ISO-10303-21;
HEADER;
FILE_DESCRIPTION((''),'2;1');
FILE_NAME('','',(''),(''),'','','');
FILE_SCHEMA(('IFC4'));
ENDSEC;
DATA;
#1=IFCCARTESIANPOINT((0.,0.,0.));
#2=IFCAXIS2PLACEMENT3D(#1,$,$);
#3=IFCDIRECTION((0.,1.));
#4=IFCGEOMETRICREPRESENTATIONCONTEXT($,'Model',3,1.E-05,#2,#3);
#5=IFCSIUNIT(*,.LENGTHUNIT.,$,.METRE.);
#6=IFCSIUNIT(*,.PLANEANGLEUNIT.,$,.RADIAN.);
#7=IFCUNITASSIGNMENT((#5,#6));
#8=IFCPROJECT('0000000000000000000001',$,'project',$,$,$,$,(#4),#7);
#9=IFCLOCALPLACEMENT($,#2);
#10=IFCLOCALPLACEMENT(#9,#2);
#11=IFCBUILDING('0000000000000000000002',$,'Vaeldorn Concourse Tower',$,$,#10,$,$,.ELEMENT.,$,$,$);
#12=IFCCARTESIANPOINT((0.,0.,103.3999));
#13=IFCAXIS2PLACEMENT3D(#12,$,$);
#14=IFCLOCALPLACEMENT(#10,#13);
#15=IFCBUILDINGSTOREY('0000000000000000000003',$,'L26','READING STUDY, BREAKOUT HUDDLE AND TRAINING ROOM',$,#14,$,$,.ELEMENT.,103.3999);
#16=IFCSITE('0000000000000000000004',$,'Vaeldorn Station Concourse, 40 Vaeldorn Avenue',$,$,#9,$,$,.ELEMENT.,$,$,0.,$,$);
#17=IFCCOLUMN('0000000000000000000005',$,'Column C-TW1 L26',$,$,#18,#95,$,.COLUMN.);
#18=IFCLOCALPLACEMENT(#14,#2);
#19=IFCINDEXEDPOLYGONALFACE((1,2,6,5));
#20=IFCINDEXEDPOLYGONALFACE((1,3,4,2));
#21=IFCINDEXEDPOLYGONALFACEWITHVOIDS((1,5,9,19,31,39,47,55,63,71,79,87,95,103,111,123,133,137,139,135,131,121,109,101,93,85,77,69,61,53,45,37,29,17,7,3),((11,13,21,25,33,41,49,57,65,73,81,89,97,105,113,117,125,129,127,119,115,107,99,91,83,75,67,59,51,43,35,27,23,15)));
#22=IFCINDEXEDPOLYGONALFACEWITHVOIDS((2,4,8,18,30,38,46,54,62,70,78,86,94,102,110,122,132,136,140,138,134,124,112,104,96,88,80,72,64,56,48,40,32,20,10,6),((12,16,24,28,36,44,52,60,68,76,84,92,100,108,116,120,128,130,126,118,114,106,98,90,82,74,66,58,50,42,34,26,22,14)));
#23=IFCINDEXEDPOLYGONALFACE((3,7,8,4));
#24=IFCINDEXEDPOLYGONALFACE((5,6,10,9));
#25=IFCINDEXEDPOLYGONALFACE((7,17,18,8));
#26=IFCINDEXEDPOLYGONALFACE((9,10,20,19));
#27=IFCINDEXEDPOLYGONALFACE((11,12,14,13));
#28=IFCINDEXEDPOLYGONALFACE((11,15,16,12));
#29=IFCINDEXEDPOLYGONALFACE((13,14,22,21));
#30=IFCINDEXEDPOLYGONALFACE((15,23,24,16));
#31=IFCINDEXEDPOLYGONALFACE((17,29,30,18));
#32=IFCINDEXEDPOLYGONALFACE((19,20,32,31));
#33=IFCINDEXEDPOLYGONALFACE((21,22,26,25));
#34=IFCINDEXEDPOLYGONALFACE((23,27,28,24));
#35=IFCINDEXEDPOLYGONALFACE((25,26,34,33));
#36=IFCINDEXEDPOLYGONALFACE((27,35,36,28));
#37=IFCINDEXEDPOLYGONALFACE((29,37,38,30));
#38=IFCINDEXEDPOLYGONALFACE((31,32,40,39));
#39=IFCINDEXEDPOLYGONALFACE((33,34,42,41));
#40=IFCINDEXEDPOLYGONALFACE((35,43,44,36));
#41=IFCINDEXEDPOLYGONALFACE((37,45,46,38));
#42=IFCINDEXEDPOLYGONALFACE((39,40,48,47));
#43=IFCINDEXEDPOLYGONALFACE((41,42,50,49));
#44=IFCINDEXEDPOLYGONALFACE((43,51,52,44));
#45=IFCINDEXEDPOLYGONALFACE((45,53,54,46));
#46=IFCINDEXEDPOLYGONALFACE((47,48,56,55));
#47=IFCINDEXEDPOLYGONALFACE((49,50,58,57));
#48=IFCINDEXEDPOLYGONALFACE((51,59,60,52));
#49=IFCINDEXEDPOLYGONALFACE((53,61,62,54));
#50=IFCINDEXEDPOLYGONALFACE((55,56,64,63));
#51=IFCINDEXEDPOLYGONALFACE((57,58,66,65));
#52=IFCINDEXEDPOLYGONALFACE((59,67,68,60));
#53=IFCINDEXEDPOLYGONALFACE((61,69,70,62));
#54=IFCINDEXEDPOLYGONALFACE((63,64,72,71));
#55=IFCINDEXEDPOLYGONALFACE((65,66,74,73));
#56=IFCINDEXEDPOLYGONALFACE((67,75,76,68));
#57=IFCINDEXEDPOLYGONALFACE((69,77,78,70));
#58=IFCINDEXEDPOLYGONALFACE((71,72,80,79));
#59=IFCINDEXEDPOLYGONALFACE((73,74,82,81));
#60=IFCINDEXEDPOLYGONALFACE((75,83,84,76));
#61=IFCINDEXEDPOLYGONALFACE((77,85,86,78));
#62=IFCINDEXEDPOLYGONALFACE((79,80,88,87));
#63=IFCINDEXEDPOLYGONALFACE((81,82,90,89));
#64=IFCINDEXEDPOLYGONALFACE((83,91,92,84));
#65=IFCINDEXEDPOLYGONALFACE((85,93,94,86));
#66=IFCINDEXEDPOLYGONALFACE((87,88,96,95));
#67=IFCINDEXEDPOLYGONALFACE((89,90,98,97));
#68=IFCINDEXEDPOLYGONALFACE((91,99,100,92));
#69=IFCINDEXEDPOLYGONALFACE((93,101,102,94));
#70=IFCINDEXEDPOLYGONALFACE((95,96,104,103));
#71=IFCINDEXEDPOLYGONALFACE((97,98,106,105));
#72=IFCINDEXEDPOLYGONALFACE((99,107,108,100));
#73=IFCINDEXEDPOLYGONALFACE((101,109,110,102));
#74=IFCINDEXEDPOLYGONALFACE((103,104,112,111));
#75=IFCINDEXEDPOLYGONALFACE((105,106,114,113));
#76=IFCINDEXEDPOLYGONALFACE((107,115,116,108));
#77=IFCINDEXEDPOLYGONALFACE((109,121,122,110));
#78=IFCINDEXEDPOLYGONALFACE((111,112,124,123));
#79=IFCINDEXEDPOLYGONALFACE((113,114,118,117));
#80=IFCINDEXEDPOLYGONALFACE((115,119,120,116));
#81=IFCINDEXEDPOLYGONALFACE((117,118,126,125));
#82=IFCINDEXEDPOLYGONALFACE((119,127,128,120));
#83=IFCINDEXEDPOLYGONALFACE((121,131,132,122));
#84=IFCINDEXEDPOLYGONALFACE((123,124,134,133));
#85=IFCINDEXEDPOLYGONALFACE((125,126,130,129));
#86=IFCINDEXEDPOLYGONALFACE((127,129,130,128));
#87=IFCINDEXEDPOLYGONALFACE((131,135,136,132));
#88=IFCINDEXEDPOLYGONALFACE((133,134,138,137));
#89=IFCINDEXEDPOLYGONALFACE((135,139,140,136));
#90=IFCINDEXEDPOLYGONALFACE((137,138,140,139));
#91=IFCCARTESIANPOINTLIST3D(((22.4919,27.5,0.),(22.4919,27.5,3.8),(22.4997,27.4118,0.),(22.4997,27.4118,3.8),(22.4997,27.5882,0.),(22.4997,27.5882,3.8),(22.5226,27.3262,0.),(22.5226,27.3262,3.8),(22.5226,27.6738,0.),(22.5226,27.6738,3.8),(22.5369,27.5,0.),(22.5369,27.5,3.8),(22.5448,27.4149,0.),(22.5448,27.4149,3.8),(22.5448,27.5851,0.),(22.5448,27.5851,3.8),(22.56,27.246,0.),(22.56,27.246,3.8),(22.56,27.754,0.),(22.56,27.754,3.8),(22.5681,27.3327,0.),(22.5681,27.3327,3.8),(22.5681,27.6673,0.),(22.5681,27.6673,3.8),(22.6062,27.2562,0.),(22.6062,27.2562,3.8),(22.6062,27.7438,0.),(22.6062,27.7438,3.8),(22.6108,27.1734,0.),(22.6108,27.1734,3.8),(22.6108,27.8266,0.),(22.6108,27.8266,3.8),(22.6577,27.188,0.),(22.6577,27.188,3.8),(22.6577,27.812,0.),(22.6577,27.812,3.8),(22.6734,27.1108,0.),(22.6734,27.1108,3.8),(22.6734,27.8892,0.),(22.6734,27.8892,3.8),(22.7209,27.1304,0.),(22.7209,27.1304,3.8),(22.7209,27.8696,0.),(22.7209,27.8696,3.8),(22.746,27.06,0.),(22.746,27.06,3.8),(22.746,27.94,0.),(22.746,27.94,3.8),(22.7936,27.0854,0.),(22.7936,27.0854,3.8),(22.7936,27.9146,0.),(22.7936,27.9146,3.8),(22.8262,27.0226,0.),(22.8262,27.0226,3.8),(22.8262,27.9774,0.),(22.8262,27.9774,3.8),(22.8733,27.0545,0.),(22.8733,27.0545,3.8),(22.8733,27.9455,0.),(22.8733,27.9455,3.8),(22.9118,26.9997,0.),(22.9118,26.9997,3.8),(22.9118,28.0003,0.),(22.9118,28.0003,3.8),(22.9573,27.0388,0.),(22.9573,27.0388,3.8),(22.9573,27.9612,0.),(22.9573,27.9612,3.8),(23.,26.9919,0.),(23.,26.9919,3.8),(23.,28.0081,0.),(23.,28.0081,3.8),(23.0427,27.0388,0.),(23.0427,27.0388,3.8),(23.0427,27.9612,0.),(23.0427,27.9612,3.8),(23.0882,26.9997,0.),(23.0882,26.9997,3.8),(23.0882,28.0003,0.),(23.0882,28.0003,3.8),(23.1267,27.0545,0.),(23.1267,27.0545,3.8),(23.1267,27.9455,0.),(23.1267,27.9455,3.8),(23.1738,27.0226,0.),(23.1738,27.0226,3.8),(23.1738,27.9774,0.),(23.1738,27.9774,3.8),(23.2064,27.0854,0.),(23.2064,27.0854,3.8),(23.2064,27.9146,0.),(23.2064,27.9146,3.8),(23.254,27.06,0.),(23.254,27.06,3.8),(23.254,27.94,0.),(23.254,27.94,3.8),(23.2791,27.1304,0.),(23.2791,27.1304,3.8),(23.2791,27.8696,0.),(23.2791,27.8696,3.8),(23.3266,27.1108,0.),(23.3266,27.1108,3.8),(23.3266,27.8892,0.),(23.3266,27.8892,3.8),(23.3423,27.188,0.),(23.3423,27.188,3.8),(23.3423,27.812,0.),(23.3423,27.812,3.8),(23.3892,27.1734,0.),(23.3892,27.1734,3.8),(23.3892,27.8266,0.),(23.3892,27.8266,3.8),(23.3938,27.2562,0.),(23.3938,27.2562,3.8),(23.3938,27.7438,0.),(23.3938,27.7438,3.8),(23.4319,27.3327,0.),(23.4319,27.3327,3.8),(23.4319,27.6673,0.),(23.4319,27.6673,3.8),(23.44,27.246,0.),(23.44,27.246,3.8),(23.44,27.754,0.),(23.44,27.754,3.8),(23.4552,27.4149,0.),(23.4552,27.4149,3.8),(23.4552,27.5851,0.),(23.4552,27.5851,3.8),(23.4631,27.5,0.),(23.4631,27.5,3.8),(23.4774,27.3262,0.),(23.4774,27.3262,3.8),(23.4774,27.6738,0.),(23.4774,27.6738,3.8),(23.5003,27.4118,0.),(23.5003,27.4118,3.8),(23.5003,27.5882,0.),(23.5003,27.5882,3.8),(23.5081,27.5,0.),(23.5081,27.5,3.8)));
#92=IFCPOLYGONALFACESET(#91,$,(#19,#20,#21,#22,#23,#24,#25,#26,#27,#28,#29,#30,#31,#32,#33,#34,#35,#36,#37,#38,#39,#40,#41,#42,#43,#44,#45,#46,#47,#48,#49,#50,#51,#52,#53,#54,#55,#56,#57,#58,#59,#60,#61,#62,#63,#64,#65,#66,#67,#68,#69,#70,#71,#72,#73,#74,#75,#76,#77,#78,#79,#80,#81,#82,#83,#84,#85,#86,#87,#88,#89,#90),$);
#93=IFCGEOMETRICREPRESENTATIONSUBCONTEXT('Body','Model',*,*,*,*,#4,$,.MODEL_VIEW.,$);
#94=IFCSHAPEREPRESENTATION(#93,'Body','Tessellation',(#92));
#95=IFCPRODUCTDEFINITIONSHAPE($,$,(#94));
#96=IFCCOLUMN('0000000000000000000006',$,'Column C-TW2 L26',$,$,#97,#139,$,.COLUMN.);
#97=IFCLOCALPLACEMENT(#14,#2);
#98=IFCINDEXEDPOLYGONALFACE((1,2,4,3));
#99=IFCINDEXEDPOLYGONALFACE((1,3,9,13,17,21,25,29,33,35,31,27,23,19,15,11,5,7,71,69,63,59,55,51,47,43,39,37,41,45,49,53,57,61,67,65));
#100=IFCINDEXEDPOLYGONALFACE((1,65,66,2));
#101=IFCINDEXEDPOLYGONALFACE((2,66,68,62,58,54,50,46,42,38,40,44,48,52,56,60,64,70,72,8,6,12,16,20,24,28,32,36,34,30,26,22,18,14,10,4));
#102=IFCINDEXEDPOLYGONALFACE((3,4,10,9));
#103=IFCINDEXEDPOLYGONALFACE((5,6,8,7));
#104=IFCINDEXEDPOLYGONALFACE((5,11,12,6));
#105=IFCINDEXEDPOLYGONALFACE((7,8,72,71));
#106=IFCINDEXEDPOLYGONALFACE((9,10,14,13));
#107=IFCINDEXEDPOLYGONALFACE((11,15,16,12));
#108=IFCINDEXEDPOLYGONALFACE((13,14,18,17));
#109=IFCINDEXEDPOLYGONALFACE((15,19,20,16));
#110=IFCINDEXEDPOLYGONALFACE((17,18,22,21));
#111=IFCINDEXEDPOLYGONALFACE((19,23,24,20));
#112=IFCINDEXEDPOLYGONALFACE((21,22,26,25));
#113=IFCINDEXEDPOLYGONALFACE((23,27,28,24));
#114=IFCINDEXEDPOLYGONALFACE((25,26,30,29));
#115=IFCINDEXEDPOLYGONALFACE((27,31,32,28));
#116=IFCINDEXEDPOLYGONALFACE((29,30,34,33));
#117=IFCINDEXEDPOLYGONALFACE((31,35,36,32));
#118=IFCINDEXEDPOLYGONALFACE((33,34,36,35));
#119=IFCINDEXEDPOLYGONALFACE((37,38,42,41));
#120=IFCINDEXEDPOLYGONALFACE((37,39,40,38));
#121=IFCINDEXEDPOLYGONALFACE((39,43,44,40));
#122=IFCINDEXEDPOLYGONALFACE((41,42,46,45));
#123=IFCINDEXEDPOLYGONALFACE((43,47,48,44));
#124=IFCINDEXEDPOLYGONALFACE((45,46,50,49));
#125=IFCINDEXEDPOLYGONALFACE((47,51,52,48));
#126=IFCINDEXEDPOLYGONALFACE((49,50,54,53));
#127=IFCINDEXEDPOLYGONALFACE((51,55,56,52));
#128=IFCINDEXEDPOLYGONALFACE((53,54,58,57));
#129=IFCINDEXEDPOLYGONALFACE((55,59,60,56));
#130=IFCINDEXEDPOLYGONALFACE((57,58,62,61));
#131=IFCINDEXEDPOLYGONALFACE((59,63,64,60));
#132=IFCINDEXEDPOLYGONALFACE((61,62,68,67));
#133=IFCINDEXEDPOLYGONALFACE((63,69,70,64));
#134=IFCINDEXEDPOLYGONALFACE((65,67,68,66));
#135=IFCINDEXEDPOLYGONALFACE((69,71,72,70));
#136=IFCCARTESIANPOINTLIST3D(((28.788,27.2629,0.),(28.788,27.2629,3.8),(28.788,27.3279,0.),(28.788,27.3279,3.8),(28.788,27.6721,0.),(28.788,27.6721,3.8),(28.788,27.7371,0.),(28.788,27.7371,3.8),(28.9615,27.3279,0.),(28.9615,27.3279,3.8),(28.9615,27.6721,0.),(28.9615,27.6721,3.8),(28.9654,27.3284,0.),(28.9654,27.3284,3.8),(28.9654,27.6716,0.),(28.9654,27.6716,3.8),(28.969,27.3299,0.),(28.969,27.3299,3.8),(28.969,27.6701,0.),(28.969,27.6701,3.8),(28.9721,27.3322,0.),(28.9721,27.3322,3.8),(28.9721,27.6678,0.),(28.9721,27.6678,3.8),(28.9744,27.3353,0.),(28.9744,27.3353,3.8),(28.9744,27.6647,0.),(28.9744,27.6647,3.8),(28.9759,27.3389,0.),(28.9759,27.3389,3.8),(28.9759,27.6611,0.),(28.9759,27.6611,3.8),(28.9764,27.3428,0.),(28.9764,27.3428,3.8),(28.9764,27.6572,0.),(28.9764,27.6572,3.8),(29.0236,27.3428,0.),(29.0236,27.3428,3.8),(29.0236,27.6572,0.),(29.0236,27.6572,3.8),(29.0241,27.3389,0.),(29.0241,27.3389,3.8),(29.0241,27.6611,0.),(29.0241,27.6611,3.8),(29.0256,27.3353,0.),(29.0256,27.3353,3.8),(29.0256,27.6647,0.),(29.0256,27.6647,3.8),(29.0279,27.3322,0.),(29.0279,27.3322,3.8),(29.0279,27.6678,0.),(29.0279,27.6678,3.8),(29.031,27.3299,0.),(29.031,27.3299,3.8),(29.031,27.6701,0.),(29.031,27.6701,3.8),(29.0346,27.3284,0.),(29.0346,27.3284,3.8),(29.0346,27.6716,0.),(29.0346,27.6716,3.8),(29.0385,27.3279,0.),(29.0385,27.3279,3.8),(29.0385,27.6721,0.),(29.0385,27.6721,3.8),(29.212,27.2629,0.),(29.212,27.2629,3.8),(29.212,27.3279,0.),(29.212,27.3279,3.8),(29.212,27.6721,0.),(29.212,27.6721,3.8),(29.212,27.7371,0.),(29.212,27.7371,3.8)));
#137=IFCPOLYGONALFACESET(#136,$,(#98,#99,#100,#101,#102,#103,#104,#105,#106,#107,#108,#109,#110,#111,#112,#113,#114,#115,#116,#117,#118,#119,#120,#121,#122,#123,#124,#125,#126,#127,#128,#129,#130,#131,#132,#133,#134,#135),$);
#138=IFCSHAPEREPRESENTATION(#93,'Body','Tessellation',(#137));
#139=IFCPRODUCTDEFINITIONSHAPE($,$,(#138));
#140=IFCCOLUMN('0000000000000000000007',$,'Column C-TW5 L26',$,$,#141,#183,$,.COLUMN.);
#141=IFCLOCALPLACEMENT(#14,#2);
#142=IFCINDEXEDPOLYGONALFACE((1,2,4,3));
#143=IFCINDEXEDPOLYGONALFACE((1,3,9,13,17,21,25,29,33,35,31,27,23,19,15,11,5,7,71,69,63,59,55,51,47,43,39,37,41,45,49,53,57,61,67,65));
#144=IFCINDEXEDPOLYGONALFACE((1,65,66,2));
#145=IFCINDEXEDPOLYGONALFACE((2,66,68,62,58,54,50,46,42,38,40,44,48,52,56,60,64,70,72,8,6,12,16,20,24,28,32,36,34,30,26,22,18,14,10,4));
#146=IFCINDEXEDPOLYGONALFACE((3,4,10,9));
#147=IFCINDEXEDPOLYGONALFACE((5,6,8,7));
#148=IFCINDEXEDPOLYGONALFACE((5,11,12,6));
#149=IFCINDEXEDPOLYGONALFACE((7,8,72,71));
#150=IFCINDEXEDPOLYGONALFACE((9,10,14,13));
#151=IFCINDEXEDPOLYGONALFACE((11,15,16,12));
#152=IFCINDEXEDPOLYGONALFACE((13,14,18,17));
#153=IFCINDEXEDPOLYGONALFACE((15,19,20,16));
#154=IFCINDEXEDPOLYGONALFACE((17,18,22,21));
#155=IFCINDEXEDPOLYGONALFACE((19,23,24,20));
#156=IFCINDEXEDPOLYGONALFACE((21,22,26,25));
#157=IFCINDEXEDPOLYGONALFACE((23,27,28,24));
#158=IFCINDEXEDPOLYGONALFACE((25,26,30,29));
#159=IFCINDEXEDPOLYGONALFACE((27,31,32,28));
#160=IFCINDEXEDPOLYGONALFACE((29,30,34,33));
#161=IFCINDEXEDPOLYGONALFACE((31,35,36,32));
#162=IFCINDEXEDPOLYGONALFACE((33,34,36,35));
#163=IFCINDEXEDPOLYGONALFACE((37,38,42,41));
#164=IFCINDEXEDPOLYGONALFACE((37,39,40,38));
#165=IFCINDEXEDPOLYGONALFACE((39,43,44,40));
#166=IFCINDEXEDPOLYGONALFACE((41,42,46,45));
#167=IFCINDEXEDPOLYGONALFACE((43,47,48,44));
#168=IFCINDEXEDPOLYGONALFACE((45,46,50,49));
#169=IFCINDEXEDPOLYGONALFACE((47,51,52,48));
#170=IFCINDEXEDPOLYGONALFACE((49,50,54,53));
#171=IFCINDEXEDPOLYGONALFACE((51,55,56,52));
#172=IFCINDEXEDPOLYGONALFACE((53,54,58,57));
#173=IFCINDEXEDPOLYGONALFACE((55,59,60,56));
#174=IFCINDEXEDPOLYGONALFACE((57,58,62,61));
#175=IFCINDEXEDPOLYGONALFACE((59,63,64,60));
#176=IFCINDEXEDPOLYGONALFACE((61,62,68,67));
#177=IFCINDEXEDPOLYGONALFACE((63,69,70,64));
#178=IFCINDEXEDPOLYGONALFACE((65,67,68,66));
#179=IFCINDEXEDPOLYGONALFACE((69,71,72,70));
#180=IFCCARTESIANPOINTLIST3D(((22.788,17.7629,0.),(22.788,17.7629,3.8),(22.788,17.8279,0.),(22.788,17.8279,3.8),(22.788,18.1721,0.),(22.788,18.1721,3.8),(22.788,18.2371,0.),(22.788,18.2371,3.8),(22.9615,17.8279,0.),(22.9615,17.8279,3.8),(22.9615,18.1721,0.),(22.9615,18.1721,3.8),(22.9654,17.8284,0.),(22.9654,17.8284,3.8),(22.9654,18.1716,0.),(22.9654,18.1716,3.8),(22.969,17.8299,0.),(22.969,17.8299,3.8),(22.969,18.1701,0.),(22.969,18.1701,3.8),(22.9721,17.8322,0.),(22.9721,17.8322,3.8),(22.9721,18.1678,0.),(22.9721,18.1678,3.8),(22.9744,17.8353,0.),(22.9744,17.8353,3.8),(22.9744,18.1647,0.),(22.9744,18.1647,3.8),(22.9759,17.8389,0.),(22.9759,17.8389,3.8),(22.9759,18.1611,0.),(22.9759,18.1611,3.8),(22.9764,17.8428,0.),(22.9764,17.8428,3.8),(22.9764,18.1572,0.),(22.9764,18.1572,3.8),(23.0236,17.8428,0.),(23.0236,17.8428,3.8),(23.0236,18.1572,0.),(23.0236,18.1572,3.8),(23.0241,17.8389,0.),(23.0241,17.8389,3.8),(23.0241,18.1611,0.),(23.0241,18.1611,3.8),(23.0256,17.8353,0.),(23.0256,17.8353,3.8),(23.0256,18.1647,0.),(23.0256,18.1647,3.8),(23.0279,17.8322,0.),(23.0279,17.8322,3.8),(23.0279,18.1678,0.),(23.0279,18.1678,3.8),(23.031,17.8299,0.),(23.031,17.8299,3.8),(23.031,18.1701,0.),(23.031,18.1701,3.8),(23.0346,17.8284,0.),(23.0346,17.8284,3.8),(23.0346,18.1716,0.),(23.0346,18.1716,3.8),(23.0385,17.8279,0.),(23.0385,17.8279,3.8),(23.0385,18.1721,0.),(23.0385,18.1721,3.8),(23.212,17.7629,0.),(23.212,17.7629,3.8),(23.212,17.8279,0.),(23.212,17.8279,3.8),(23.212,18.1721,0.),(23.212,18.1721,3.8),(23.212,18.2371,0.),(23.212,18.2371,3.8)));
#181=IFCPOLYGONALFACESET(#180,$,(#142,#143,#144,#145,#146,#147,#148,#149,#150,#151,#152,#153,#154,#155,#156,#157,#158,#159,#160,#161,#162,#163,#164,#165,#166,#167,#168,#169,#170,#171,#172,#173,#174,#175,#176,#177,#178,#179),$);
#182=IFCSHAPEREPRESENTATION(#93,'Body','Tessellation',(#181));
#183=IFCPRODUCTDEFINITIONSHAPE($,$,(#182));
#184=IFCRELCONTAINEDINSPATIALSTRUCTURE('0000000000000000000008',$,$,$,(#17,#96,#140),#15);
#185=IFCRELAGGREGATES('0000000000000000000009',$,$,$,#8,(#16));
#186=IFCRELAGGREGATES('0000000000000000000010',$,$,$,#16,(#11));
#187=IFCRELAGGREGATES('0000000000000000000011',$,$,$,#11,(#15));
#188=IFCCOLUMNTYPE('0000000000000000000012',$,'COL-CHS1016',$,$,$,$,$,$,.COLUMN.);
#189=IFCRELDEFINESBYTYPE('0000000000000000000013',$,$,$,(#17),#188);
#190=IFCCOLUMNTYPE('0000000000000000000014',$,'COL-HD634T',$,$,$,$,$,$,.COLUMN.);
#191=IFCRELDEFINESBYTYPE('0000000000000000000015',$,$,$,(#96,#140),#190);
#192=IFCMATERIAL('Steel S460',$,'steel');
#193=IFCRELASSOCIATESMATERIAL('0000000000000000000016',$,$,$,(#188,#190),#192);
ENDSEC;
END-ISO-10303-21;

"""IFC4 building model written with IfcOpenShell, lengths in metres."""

from ifc_helpers import new_model, si_unit, direction, frame, origin, origin_2d, place, context, subcontext, project, spatial, hollow_circle, i_section, extrude, source, transform, mapped, material, material_profile, profile_set, type_object, element, save


model = new_model("IFC4")

# Units and contexts
model_context = context("Model", 3, precision=1e-05, world=origin(), true_north=direction((0.0, 1.0)))
body_context = subcontext(model_context, "Body", "Model", "MODEL_VIEW")
ifc_project = project(units=[si_unit("LENGTHUNIT", "METRE"), si_unit("PLANEANGLEUNIT", "RADIAN")], contexts=[model_context])

# Site, building, storey
site_placement = place(None, origin())
site = spatial("IfcSite", under=ifc_project, at=site_placement, Name="Vaeldorn Station Concourse, 40 Vaeldorn Avenue", CompositionType="ELEMENT", RefElevation=0.0)
building_placement = place(site_placement, origin())
building = spatial("IfcBuilding", under=site, at=building_placement, Name="Vaeldorn Concourse Tower", CompositionType="ELEMENT")
storey_placement = place(building_placement, frame((0.0, 0.0, 103.3999)))
storey = spatial("IfcBuildingStorey", under=building, at=storey_placement, Name="L26", Description="READING STUDY, BREAKOUT HUDDLE AND TRAINING ROOM", CompositionType="ELEMENT", Elevation=103.3999)

# Columns
ifc_material_1 = material(Name="Steel S460", Category="steel")
ifc_material_profile_1 = material_profile(ifc_material_1, hollow_circle(Radius=0.5081, WallThickness=0.0449, at=origin_2d()), Name="CHS 1016x45")
ifc_profile_set_1 = profile_set([ifc_material_profile_1], Name="Steel S460")
column_type_1 = type_object("IfcColumnType", Name="COL-CHS1016", PredefinedType="COLUMN", material=ifc_profile_set_1)
shared_shape_1 = source(origin(), body_context, "Body", "SweptSolid", [
    extrude(hollow_circle(Radius=0.5081, WallThickness=0.0449, at=origin_2d()), origin(), (0.0, 0.0, 1.0), 3.8),
])
column_1_placement = place(storey_placement, frame((23.0, 27.5, 0.0), z_axis=(0.0, 0.0, 1.0), x_axis=(1.0, 0.0, 0.0)))
element("IfcColumn", 1, at=column_1_placement, inside=storey, type_object=column_type_1, Name="Column C-TW1 L26", PredefinedType="COLUMN", context=body_context, shape_type="MappedRepresentation", body=[
    mapped(shared_shape_1, transform((0.0, 0.0, 0.0), scale=1.0)),
])
ifc_material_profile_2 = material_profile(ifc_material_1, i_section(OverallWidth=0.4241, OverallDepth=0.4741, WebThickness=0.0471, FlangeThickness=0.0649, FilletRadius=0.0149, at=origin_2d()), Name="HD 400x634")
ifc_profile_set_2 = profile_set([ifc_material_profile_2], Name="Steel S460")
column_type_2 = type_object("IfcColumnType", Name="COL-HD634T", PredefinedType="COLUMN", material=ifc_profile_set_2)
shared_shape_2 = source(origin(), body_context, "Body", "SweptSolid", [
    extrude(i_section(OverallWidth=0.4241, OverallDepth=0.4741, WebThickness=0.0471, FlangeThickness=0.0649, FilletRadius=0.0149, at=origin_2d()), origin(), (0.0, 0.0, 1.0), 3.8),
])
for number, where, z_axis, x_axis, name in (
    (2, (29.0, 27.5, 0.0), (0.0, 0.0, 1.0), (1.0, 0.0, 0.0), "Column C-TW2 L26"),
    (3, (23.0, 18.0, 0.0), (0.0, 0.0, 1.0), (1.0, 0.0, 0.0), "Column C-TW5 L26"),
):
    element("IfcColumn", number, at=place(storey_placement, frame(where, z_axis=z_axis, x_axis=x_axis)), inside=storey, type_object=column_type_2, Name=name, PredefinedType="COLUMN", context=body_context, shape_type="MappedRepresentation", body=[
        mapped(shared_shape_2, transform((0.0, 0.0, 0.0), scale=1.0)),
    ])

save(model, "model.ifc")
